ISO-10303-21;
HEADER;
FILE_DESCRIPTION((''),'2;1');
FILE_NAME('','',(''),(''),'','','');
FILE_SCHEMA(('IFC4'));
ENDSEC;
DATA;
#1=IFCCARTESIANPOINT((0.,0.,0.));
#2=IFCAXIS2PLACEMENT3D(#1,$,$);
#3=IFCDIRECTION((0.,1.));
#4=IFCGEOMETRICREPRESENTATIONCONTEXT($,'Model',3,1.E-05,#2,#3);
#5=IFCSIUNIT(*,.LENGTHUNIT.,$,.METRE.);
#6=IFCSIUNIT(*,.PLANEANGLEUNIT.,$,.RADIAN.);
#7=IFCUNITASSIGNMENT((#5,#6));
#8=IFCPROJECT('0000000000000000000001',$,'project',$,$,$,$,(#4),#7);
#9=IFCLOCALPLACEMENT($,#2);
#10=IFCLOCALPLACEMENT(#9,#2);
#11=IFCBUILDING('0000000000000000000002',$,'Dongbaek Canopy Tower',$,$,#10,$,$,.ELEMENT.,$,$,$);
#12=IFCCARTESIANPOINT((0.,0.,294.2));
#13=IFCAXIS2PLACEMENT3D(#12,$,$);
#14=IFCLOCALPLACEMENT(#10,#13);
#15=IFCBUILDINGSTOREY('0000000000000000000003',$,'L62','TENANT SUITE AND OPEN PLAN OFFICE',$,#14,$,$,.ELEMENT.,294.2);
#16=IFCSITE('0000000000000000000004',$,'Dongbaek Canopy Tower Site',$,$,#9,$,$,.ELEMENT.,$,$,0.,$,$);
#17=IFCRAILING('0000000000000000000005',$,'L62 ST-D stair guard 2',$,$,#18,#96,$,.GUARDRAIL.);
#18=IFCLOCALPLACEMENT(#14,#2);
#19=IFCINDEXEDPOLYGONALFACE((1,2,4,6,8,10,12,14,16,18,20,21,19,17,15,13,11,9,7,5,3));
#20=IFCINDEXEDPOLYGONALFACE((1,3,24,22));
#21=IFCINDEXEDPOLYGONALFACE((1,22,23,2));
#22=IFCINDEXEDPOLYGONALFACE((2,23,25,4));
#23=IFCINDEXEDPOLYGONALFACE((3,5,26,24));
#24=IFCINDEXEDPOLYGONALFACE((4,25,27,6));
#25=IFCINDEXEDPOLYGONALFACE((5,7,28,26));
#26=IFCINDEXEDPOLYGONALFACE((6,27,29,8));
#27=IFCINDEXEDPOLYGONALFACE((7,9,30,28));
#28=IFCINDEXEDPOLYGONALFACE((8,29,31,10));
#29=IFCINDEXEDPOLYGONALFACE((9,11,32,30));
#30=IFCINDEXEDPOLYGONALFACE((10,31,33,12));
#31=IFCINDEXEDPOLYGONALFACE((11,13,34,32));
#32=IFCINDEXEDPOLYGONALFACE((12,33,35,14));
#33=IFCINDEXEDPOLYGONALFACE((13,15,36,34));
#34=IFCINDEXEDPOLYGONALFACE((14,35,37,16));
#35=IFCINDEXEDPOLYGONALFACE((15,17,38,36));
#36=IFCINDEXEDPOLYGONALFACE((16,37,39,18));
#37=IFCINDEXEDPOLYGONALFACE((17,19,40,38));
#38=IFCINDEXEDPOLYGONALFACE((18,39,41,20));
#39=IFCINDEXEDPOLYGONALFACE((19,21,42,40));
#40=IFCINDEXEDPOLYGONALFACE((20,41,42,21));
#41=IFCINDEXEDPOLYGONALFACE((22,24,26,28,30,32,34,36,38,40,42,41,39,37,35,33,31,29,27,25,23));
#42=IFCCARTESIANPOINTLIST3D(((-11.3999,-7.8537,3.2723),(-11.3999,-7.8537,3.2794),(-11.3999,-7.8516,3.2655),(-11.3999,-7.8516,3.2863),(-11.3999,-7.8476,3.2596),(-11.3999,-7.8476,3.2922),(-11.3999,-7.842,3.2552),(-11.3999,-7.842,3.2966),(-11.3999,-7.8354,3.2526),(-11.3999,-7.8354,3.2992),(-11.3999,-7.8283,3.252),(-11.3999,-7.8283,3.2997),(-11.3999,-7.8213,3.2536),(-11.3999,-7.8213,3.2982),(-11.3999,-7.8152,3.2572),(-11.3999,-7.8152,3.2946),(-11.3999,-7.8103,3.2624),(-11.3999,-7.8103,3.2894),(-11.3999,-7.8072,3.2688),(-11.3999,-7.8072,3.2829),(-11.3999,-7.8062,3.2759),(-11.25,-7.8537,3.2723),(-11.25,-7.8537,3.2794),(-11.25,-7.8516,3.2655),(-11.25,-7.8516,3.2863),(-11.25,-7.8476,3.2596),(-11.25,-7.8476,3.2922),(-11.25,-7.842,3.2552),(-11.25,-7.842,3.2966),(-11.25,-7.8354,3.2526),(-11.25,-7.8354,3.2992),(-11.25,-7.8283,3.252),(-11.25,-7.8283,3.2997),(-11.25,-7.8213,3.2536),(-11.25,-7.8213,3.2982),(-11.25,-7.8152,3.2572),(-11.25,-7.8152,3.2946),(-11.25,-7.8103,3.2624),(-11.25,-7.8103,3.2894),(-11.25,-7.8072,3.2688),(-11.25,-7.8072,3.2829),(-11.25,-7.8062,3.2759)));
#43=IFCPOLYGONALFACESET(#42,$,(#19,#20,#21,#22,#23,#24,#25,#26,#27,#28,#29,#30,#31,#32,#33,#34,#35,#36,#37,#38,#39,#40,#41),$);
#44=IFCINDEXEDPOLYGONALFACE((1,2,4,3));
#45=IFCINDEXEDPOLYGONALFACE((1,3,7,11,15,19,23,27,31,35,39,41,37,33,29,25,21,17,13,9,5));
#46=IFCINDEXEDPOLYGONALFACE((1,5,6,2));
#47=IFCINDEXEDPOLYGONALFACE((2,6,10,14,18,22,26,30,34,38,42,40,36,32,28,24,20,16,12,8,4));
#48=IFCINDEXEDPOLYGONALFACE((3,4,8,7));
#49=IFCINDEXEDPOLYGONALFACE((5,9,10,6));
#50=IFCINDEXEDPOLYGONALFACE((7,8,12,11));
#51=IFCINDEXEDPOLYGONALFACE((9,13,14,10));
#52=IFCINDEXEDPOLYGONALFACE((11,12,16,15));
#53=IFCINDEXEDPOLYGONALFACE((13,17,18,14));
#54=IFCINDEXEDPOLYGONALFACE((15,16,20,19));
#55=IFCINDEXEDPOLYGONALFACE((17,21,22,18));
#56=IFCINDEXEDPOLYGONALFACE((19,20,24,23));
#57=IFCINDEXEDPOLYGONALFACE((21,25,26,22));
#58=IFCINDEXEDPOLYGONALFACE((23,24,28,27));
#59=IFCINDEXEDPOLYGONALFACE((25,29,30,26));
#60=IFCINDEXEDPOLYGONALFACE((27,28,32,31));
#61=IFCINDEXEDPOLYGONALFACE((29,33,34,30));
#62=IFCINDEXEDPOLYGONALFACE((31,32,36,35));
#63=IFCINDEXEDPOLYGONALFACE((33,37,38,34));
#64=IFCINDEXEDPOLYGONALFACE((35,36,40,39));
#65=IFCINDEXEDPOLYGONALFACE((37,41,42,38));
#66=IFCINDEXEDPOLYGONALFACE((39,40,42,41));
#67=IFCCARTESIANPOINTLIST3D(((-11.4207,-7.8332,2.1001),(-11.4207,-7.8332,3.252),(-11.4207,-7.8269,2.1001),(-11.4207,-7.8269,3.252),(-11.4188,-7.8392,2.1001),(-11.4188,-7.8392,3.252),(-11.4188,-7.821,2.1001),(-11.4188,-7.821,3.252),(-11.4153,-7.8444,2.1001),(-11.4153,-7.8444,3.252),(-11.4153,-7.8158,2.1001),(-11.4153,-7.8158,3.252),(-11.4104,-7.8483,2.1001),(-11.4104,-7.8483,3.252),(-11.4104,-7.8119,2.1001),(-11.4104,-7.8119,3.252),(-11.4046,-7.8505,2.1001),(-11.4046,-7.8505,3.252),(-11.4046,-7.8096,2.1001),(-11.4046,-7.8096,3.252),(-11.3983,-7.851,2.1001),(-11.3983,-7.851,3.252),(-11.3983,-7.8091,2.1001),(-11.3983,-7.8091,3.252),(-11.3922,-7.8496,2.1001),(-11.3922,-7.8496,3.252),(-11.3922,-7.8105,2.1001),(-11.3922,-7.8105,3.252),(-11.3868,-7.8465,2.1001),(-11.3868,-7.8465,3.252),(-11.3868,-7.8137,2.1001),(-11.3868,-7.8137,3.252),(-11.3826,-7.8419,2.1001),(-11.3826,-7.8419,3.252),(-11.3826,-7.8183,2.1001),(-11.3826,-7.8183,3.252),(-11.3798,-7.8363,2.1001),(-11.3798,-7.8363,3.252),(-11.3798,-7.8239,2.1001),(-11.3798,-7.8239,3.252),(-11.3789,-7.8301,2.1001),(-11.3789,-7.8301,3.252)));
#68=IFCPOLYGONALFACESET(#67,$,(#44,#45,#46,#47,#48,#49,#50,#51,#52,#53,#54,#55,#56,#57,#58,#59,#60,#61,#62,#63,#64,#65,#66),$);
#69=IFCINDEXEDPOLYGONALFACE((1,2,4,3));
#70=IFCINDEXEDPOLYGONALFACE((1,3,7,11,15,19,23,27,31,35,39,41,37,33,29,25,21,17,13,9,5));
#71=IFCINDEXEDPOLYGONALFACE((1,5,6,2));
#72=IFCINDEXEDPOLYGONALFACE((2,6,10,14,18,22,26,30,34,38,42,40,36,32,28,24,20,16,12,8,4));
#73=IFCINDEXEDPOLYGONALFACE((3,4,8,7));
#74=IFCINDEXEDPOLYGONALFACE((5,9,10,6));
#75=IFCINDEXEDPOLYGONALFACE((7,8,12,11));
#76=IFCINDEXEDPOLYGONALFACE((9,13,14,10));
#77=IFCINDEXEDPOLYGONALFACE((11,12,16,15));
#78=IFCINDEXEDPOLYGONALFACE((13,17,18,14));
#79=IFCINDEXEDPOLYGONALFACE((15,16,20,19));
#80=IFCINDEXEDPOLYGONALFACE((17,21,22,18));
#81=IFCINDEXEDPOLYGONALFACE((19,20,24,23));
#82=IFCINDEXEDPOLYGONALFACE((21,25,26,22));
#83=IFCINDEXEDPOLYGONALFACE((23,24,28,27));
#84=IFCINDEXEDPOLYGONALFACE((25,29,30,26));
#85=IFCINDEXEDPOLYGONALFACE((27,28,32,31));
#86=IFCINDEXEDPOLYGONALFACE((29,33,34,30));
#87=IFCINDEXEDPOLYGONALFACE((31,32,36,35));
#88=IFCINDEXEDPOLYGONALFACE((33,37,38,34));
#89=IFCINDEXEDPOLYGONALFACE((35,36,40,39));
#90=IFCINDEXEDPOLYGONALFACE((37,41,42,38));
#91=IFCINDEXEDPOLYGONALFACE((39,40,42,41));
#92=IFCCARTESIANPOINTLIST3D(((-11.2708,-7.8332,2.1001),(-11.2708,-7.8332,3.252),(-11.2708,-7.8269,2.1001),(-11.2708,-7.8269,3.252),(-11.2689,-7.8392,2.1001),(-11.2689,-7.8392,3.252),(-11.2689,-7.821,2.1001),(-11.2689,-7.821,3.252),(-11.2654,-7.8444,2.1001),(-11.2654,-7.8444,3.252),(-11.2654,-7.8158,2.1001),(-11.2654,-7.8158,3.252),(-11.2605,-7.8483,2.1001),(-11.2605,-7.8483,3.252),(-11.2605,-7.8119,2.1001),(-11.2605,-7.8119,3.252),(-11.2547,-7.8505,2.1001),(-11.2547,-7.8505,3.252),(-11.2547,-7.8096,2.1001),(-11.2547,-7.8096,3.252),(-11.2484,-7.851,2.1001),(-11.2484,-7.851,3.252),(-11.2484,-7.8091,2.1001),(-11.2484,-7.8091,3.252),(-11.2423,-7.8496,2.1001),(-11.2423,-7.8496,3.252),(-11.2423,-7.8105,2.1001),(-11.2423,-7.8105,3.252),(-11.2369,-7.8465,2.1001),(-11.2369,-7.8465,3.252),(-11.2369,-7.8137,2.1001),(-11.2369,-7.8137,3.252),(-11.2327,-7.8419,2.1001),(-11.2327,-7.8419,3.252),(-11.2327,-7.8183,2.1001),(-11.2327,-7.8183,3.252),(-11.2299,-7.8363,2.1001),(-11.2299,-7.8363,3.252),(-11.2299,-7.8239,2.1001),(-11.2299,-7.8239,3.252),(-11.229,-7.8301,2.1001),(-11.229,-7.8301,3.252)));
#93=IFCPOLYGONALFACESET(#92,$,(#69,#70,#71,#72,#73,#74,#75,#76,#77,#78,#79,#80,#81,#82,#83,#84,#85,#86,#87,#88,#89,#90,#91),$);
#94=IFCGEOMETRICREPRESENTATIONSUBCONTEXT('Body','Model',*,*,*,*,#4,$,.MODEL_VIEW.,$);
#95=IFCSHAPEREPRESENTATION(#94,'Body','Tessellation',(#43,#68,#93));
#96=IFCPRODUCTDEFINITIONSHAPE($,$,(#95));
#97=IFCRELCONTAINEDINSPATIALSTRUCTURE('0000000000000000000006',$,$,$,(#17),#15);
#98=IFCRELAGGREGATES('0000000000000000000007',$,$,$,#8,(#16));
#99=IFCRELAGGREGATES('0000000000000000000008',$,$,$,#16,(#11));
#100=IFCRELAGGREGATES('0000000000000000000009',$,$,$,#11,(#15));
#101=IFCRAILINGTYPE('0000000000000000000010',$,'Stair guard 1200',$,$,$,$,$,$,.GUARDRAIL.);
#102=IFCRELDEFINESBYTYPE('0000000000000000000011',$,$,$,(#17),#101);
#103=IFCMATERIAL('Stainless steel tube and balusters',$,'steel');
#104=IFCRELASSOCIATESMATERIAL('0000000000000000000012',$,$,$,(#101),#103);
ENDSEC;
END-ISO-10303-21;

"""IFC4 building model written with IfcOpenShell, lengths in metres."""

from ifc_helpers import new_model, si_unit, direction, frame, origin, origin_2d, place, context, subcontext, project, spatial, circle, extrude, material, type_object, element, save


model = new_model("IFC4")

# Units and contexts
model_context = context("Model", 3, precision=1e-05, world=origin(), true_north=direction((0.0, 1.0)))
body_context = subcontext(model_context, "Body", "Model", "MODEL_VIEW")
ifc_project = project(units=[si_unit("LENGTHUNIT", "METRE"), si_unit("PLANEANGLEUNIT", "RADIAN")], contexts=[model_context])

# Site, building, storey
site_placement = place(None, origin())
site = spatial("IfcSite", under=ifc_project, at=site_placement, Name="Dongbaek Canopy Tower Site", CompositionType="ELEMENT", RefElevation=0.0)
building_placement = place(site_placement, origin())
building = spatial("IfcBuilding", under=site, at=building_placement, Name="Dongbaek Canopy Tower", CompositionType="ELEMENT")
storey_placement = place(building_placement, frame((0.0, 0.0, 294.2)))
storey = spatial("IfcBuildingStorey", under=building, at=storey_placement, Name="L62", Description="TENANT SUITE AND OPEN PLAN OFFICE", CompositionType="ELEMENT", Elevation=294.2)

# Railing
ifc_material_1 = material(Name="Stainless steel tube and balusters", Category="steel")
railing_type_1 = type_object("IfcRailingType", Name="Stair guard 1200", PredefinedType="GUARDRAIL", material=ifc_material_1)
railing_1_placement = place(storey_placement, frame((-11.3999, -7.8301, 2.1001)))
element("IfcRailing", 1, at=railing_1_placement, inside=storey, type_object=railing_type_1, Name="L62 ST-D stair guard 2", PredefinedType="GUARDRAIL", context=body_context, shape_type="SweptSolid", body=[
    extrude(circle(Radius=0.0239, at=origin_2d()), frame((0.0, 0.0, 1.1758), z_axis=(1.0, 0.0, 0.0), x_axis=(0.0, 1.0, 0.0)), (0.0, 0.0, 1.0), 0.1499),
    extrude(circle(Radius=0.021, at=origin_2d()), origin(), (0.0, 0.0, 1.0), 1.1519),
    extrude(circle(Radius=0.021, at=origin_2d()), frame((0.1499, 0.0, 0.0)), (0.0, 0.0, 1.0), 1.1519),
])

save(model, "model.ifc")
